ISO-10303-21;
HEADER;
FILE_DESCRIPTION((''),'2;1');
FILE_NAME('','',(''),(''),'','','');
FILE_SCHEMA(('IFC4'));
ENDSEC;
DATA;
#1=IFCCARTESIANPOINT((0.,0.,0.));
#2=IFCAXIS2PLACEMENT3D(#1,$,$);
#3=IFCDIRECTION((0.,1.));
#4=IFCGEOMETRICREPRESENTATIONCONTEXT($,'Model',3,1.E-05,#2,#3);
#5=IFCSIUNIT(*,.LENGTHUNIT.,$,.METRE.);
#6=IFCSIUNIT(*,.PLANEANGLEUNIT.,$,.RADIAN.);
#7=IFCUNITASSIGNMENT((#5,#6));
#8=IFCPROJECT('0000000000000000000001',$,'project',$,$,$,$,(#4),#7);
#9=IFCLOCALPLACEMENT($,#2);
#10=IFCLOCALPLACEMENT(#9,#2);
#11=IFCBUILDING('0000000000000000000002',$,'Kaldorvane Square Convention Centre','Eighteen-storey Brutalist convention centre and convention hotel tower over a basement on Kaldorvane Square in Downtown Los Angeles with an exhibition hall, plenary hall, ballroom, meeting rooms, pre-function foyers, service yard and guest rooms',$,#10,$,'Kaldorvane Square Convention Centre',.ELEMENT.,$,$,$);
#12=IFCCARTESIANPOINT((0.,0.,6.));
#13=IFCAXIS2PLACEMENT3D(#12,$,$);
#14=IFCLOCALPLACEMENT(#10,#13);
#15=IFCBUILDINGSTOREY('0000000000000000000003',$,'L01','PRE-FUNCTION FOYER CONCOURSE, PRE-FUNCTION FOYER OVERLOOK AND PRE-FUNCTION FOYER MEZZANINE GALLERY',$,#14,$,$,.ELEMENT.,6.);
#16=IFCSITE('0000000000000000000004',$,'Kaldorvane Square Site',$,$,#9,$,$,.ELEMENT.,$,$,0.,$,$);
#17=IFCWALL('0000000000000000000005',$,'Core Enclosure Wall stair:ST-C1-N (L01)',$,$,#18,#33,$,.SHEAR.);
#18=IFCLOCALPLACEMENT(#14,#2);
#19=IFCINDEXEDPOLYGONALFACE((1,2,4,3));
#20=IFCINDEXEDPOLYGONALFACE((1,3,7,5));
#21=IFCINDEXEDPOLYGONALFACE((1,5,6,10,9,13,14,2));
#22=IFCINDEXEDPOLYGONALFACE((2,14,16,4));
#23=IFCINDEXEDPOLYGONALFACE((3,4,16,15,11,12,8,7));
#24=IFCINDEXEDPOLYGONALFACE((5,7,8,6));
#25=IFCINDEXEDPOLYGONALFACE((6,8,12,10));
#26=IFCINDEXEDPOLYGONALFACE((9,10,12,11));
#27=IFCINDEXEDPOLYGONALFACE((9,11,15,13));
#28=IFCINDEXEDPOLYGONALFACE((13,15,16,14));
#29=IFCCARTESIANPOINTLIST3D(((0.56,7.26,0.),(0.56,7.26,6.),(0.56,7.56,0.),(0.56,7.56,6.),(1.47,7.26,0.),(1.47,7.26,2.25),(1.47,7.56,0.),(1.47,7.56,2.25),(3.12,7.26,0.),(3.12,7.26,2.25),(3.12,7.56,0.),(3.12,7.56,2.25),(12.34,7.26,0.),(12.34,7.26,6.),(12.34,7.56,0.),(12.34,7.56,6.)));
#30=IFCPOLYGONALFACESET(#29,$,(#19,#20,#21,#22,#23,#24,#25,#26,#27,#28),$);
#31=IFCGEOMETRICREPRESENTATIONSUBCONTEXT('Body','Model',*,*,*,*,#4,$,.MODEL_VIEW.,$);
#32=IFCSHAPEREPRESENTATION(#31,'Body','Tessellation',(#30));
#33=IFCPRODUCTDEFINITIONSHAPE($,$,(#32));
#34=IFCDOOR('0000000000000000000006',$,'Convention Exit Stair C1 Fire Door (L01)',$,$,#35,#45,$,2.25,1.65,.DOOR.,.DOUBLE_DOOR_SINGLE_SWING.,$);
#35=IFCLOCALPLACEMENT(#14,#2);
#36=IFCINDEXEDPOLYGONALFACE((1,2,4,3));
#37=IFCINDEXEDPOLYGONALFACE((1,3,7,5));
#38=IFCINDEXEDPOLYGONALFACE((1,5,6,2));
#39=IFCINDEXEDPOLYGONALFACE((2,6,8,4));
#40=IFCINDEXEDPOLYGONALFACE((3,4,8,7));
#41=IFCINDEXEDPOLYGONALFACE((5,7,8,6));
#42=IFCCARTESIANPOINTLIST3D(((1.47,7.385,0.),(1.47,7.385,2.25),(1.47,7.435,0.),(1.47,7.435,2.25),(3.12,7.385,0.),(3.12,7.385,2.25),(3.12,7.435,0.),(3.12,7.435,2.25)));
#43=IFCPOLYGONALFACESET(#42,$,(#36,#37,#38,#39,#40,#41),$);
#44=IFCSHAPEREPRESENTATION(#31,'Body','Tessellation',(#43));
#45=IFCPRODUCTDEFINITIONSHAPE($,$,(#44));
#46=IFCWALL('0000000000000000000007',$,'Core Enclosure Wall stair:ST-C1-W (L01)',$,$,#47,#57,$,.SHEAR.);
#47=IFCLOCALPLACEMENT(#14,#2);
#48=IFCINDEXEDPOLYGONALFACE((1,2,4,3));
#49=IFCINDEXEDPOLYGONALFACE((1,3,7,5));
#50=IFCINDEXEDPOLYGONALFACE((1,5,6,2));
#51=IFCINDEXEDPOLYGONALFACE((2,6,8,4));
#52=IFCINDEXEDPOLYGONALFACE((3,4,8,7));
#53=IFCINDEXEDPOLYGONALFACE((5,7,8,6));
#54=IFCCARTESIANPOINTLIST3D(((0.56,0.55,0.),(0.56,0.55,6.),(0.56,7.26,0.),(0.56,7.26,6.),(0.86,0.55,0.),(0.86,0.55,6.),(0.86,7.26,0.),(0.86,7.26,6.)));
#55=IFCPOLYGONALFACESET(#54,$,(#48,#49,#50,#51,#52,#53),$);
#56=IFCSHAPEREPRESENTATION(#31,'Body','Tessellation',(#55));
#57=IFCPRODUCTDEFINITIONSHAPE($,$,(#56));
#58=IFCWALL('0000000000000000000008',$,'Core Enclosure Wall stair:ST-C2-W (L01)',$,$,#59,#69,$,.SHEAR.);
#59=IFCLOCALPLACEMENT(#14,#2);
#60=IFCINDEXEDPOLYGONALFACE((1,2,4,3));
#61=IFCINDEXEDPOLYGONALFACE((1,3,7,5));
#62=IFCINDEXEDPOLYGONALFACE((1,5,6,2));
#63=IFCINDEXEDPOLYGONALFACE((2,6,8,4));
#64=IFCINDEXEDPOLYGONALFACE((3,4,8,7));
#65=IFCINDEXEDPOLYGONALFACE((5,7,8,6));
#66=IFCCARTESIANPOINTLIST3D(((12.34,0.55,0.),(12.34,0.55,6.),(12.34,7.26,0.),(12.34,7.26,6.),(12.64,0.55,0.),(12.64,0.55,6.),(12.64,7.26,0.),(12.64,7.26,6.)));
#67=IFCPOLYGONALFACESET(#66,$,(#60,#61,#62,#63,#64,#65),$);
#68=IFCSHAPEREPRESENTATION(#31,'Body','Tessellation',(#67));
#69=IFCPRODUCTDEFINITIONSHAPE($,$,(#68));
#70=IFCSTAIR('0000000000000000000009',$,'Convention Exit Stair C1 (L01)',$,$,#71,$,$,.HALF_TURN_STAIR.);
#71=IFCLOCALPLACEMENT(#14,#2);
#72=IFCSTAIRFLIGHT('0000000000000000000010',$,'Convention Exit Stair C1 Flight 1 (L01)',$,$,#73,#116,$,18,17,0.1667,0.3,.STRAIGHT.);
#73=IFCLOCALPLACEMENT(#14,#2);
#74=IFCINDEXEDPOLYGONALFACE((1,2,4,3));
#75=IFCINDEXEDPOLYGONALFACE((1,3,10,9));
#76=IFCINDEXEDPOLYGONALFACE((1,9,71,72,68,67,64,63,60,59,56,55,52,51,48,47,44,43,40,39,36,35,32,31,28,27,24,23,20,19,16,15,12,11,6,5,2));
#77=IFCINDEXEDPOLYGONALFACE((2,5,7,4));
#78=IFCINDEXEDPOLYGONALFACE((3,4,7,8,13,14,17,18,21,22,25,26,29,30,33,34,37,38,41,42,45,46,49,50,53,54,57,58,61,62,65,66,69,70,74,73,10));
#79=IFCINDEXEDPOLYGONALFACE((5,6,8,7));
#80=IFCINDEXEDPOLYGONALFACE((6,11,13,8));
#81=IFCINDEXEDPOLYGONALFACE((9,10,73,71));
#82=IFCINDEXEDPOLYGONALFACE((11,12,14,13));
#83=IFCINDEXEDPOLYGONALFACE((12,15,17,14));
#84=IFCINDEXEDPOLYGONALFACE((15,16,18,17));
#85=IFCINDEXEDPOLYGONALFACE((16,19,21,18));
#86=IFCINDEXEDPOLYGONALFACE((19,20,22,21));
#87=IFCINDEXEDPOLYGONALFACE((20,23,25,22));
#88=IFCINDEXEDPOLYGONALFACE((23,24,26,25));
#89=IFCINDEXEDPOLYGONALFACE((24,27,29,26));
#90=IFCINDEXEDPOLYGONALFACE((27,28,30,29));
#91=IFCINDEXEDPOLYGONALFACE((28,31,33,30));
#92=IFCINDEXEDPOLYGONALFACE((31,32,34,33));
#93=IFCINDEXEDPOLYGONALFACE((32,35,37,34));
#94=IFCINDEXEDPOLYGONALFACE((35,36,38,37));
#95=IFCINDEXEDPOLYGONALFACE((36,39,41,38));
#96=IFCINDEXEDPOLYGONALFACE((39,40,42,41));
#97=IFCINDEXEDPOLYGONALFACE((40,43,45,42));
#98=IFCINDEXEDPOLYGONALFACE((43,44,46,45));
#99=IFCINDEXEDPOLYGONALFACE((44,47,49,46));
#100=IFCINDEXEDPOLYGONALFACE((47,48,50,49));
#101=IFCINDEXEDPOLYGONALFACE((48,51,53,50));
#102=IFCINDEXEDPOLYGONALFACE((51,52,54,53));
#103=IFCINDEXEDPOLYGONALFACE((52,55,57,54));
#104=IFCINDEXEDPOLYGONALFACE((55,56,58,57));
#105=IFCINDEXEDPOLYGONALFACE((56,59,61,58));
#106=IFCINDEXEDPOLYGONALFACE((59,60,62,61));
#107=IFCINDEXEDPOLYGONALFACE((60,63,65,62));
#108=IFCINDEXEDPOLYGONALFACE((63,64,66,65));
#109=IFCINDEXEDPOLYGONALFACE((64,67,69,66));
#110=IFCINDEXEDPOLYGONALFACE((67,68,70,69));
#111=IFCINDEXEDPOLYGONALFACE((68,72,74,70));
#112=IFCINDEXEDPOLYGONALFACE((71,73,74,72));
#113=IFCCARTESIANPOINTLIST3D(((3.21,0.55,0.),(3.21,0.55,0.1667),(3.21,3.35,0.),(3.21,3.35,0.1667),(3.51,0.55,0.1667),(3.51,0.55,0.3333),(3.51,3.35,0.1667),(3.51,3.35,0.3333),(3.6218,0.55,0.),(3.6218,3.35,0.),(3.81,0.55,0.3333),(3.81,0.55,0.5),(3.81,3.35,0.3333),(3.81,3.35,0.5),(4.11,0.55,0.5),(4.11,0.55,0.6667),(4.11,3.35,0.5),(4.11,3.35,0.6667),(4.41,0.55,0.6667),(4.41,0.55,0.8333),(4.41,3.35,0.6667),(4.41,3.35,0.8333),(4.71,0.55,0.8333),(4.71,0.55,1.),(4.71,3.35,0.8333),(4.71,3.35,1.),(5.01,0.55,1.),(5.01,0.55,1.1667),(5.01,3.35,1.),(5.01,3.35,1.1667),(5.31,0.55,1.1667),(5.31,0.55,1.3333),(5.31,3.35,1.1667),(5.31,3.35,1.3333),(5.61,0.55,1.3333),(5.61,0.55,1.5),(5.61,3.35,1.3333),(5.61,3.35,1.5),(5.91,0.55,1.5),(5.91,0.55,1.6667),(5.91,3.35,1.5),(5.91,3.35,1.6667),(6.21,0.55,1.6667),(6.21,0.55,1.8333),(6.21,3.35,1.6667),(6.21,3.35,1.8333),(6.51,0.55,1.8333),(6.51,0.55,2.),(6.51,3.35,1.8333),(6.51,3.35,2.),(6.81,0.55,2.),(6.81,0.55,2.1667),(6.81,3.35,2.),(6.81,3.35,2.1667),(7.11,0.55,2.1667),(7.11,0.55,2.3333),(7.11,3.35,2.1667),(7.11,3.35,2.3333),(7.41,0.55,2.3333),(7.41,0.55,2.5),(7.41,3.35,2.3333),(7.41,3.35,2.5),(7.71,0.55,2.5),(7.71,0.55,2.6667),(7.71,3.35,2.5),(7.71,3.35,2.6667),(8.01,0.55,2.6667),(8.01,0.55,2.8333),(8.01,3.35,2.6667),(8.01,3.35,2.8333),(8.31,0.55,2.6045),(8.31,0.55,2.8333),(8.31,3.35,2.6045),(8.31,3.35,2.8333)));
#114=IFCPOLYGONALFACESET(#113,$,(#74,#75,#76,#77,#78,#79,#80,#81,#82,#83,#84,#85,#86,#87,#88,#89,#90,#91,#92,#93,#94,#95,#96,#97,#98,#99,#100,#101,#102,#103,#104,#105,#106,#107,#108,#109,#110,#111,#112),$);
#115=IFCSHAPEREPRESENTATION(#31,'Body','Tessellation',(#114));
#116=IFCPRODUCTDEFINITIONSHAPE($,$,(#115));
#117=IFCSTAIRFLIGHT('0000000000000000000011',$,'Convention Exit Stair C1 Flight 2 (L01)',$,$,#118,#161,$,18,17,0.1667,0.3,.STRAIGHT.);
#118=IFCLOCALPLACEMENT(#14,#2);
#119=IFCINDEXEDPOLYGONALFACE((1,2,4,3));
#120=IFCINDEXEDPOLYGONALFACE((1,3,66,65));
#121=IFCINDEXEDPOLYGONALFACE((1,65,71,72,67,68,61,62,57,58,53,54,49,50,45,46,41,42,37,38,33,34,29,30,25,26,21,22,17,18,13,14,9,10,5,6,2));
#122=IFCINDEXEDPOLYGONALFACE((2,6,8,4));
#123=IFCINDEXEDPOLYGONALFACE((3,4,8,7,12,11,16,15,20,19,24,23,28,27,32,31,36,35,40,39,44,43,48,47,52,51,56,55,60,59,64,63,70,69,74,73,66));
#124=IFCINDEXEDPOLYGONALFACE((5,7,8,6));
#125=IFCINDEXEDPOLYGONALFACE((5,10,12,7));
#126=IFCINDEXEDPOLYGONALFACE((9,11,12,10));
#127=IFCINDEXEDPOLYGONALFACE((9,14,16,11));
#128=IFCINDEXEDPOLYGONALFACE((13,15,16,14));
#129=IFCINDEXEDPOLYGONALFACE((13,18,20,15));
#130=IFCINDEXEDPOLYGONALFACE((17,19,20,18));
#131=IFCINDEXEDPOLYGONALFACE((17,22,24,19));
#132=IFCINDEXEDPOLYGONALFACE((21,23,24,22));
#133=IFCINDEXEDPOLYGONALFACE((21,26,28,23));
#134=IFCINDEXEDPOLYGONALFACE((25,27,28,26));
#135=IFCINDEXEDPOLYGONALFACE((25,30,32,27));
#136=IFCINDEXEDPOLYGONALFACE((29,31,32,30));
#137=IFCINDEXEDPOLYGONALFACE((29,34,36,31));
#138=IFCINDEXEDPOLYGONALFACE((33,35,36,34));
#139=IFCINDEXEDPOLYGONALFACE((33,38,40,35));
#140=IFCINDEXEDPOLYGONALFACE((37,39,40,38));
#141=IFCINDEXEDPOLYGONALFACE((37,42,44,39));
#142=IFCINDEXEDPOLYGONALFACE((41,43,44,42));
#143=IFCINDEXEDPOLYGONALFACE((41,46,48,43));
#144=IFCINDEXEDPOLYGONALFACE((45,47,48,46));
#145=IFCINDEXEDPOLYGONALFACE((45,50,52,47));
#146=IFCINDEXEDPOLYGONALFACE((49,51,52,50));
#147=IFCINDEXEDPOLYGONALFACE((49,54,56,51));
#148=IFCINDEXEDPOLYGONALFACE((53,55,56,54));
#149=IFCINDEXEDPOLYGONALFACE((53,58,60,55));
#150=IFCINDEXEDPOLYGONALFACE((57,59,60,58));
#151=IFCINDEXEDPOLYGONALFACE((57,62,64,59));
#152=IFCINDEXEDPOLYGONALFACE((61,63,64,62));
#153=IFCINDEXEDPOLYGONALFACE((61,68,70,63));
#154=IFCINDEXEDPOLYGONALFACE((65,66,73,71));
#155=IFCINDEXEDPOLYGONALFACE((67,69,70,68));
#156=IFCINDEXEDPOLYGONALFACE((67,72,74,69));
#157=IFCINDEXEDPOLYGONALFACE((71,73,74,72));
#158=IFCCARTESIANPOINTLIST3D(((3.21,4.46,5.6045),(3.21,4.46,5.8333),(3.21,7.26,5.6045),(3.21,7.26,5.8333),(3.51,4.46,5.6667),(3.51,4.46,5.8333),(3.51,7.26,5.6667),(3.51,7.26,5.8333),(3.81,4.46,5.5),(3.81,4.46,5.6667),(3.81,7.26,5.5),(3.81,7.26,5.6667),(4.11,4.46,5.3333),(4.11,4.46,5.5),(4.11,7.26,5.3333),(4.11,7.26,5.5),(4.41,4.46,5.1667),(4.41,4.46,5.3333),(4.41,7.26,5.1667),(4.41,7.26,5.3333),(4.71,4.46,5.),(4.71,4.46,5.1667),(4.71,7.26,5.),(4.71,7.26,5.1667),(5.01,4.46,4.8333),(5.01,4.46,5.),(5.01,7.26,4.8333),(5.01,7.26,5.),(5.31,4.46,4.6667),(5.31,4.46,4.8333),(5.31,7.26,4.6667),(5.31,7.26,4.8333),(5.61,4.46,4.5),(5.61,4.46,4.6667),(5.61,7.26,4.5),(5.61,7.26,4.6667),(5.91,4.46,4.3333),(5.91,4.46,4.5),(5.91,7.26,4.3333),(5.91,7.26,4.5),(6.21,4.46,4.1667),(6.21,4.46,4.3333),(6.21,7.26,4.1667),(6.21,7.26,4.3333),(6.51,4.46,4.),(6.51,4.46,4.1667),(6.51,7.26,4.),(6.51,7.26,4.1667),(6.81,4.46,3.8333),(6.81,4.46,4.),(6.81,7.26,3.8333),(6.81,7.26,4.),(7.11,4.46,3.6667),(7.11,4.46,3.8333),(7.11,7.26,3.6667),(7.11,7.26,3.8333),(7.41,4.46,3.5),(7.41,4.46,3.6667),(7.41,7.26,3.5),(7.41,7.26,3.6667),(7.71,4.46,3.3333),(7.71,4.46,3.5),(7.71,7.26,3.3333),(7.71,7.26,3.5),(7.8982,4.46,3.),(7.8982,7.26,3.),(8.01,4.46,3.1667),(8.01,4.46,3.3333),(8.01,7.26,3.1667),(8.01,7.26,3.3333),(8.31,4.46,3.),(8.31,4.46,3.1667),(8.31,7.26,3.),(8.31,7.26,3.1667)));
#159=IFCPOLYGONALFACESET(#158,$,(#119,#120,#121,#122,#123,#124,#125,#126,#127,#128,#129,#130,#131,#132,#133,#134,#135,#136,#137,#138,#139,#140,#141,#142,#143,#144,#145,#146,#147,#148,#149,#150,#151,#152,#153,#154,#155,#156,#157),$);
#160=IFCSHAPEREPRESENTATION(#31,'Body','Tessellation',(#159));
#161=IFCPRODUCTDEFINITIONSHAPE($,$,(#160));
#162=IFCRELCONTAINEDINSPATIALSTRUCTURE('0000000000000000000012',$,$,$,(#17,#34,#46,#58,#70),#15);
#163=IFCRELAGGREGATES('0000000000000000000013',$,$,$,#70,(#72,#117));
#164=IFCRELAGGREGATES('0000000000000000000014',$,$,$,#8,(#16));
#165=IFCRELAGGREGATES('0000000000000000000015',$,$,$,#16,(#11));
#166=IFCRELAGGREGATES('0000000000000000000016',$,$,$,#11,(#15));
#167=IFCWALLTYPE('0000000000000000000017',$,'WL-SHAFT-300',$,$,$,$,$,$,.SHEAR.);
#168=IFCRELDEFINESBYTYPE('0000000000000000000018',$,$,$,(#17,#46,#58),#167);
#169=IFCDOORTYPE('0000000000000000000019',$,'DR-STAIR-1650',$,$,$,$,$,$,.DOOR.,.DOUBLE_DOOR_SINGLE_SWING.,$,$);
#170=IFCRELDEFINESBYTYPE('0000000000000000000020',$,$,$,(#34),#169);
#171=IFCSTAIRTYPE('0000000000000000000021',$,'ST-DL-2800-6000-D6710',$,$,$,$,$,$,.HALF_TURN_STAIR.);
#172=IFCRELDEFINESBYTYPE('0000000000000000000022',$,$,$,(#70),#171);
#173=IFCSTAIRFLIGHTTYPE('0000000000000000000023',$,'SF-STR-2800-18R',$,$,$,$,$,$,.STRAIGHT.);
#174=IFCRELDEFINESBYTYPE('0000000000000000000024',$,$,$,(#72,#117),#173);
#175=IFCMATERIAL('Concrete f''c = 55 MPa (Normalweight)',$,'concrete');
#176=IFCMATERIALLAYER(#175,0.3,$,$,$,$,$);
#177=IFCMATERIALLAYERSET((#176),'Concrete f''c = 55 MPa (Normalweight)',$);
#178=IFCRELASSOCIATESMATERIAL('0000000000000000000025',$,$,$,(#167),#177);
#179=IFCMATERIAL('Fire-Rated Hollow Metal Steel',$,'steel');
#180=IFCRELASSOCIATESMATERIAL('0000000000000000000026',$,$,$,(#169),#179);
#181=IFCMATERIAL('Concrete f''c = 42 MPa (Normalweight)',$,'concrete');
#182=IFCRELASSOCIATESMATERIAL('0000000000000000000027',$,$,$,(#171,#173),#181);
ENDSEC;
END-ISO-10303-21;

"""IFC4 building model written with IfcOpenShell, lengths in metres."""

from ifc_helpers import new_model, si_unit, direction, frame, frame_2d, origin, place, context, subcontext, project, spatial, polyline, rectangle, outline, extrude, material, layer, layer_set, type_object, element, fill, aggregate, save


model = new_model("IFC4")

# Units and contexts
model_context = context("Model", 3, precision=1e-05, world=origin(), true_north=direction((0.0, 1.0)))
body_context = subcontext(model_context, "Body", "Model", "MODEL_VIEW")
ifc_project = project(units=[si_unit("LENGTHUNIT", "METRE"), si_unit("PLANEANGLEUNIT", "RADIAN")], contexts=[model_context])

# Site, building, storey
site_placement = place(None, origin())
site = spatial("IfcSite", under=ifc_project, at=site_placement, Name="Kaldorvane Square Site", CompositionType="ELEMENT", RefElevation=0.0)
building_placement = place(site_placement, origin())
building = spatial("IfcBuilding", under=site, at=building_placement, Name="Kaldorvane Square Convention Centre", Description="Eighteen-storey Brutalist convention centre and convention hotel tower over a basement on Kaldorvane Square in Downtown Los Angeles with an exhibition hall, plenary hall, ballroom, meeting rooms, pre-function foyers, service yard and guest rooms", LongName="Kaldorvane Square Convention Centre", CompositionType="ELEMENT")
storey_placement = place(building_placement, frame((0.0, 0.0, 6.0)))
storey = spatial("IfcBuildingStorey", under=building, at=storey_placement, Name="L01", Description="PRE-FUNCTION FOYER CONCOURSE, PRE-FUNCTION FOYER OVERLOOK AND PRE-FUNCTION FOYER MEZZANINE GALLERY", CompositionType="ELEMENT", Elevation=6.0)

# Shared definitions
ifc_material_1 = material(Name="Concrete f'c = 42 MPa (Normalweight)", Category="concrete")

# Wall, opening, door
ifc_material_2 = material(Name="Concrete f'c = 55 MPa (Normalweight)", Category="concrete")
ifc_layer_1 = layer(ifc_material_2, 0.3)
ifc_layer_set_1 = layer_set([ifc_layer_1], Name="Concrete f'c = 55 MPa (Normalweight)")
wall_type_1 = type_object("IfcWallType", Name="WL-SHAFT-300", PredefinedType="SHEAR", material=ifc_layer_set_1)
wall_1_placement = place(storey_placement, frame((12.34, 7.41, 0.0), z_axis=(0.0, 0.0, 1.0), x_axis=(-1.0, 0.0, 0.0)))
wall_1 = element("IfcWall", 1, at=wall_1_placement, inside=storey, type_object=wall_type_1, Name="Core Enclosure Wall stair:ST-C1-N (L01)", PredefinedType="SHEAR", context=body_context, shape_type="SweptSolid", body=[
    extrude(rectangle(XDim=11.78, YDim=0.3, at=frame_2d((5.89, 0.0))), origin(), (0.0, 0.0, 1.0), 6.0),
])
opening_placement = place(wall_1_placement, frame((9.22, 0.0, 0.0)))
opening = element("IfcOpeningElement", 2, at=opening_placement, cuts=wall_1, PredefinedType="OPENING", context=body_context, shape_type="SweptSolid", body=[
    extrude(rectangle(XDim=1.65, YDim=2.25, at=frame_2d((0.825, 1.125))), frame((0.0, 0.165, 0.0), z_axis=(0.0, -1.0, 0.0), x_axis=(1.0, 0.0, 0.0)), (0.0, 0.0, 1.0), 0.33),
])
ifc_material_3 = material(Name="Fire-Rated Hollow Metal Steel", Category="steel")
door_type = type_object("IfcDoorType", Name="DR-STAIR-1650", OperationType="DOUBLE_DOOR_SINGLE_SWING", PredefinedType="DOOR", material=ifc_material_3)
door_placement = place(opening_placement, origin())
door = element("IfcDoor", 3, at=door_placement, inside=storey, type_object=door_type, Name="Convention Exit Stair C1 Fire Door (L01)", OperationType="DOUBLE_DOOR_SINGLE_SWING", OverallHeight=2.25, OverallWidth=1.65, PredefinedType="DOOR", context=body_context, shape_type="SweptSolid", body=[
    extrude(rectangle(XDim=1.65, YDim=2.25, at=frame_2d((0.825, 1.125))), frame((0.0, 0.025, 0.0), z_axis=(0.0, -1.0, 0.0), x_axis=(1.0, 0.0, 0.0)), (0.0, 0.0, 1.0), 0.05),
])
fill(opening, door)

# Walls
for number, where, z_axis, x_axis, name in (
    (4, (0.71, 7.26, 0.0), (0.0, 0.0, 1.0), (0.0, -1.0, 0.0), "Core Enclosure Wall stair:ST-C1-W (L01)"),
    (5, (12.49, 7.26, 0.0), (0.0, 0.0, 1.0), (0.0, -1.0, 0.0), "Core Enclosure Wall stair:ST-C2-W (L01)"),
):
    element("IfcWall", number, at=place(storey_placement, frame(where, z_axis=z_axis, x_axis=x_axis)), inside=storey, type_object=wall_type_1, Name=name, PredefinedType="SHEAR", context=body_context, shape_type="SweptSolid", body=[
        extrude(rectangle(XDim=6.71, YDim=0.3, at=frame_2d((3.355, 0.0))), origin(), (0.0, 0.0, 1.0), 6.0),
    ])

# Stair, stair flights
stair_type = type_object("IfcStairType", Name="ST-DL-2800-6000-D6710", PredefinedType="HALF_TURN_STAIR", material=ifc_material_1)
stair_placement = place(storey_placement, origin())
stair = element("IfcStair", 6, at=stair_placement, inside=storey, type_object=stair_type, Name="Convention Exit Stair C1 (L01)", PredefinedType="HALF_TURN_STAIR")
stair_flight_type = type_object("IfcStairFlightType", Name="SF-STR-2800-18R", PredefinedType="STRAIGHT", material=ifc_material_1)
stair_flight_1_placement = place(storey_placement, frame((3.21, 1.95, 0.0), z_axis=(0.0, 0.0, 1.0), x_axis=(1.0, 0.0, 0.0)))
stair_flight_1 = element("IfcStairFlight", 7, at=stair_flight_1_placement, type_object=stair_flight_type, Name="Convention Exit Stair C1 Flight 1 (L01)", NumberOfRisers=18, NumberOfTreads=17, PredefinedType="STRAIGHT", RiserHeight=0.1667, TreadLength=0.3, context=body_context, shape_type="SweptSolid", body=[
    extrude(outline(polyline([(0.0, 0.0), (0.0, 0.1667), (0.3, 0.1667), (0.3, 0.3333), (0.6, 0.3333), (0.6, 0.5), (0.9, 0.5), (0.9, 0.6667), (1.2, 0.6667), (1.2, 0.8333), (1.5, 0.8333), (1.5, 1.0), (1.8, 1.0), (1.8, 1.1667), (2.1, 1.1667), (2.1, 1.3333), (2.4, 1.3333), (2.4, 1.5), (2.7, 1.5), (2.7, 1.6667), (3.0, 1.6667), (3.0, 1.8333), (3.3, 1.8333), (3.3, 2.0), (3.6, 2.0), (3.6, 2.1667), (3.9, 2.1667), (3.9, 2.3333), (4.2, 2.3333), (4.2, 2.5), (4.5, 2.5), (4.5, 2.6667), (4.8, 2.6667), (4.8, 2.8333), (5.1, 2.8333), (5.1, 3.0), (5.1, 2.6045), (0.4118, 0.0), (0.0, 0.0)])), frame((0.0, 1.4, 0.0), z_axis=(0.0, -1.0, 0.0), x_axis=(1.0, 0.0, 0.0)), (0.0, 0.0, 1.0), 2.8),
])
stair_flight_2_placement = place(storey_placement, frame((8.31, 5.86, 3.0), z_axis=(0.0, 0.0, 1.0), x_axis=(-1.0, 0.0, 0.0)))
stair_flight_2 = element("IfcStairFlight", 8, at=stair_flight_2_placement, type_object=stair_flight_type, Name="Convention Exit Stair C1 Flight 2 (L01)", NumberOfRisers=18, NumberOfTreads=17, PredefinedType="STRAIGHT", RiserHeight=0.1667, TreadLength=0.3, context=body_context, shape_type="SweptSolid", body=[
    extrude(outline(polyline([(0.0, 0.0), (0.0, 0.1667), (0.3, 0.1667), (0.3, 0.3333), (0.6, 0.3333), (0.6, 0.5), (0.9, 0.5), (0.9, 0.6667), (1.2, 0.6667), (1.2, 0.8333), (1.5, 0.8333), (1.5, 1.0), (1.8, 1.0), (1.8, 1.1667), (2.1, 1.1667), (2.1, 1.3333), (2.4, 1.3333), (2.4, 1.5), (2.7, 1.5), (2.7, 1.6667), (3.0, 1.6667), (3.0, 1.8333), (3.3, 1.8333), (3.3, 2.0), (3.6, 2.0), (3.6, 2.1667), (3.9, 2.1667), (3.9, 2.3333), (4.2, 2.3333), (4.2, 2.5), (4.5, 2.5), (4.5, 2.6667), (4.8, 2.6667), (4.8, 2.8333), (5.1, 2.8333), (5.1, 3.0), (5.1, 2.6045), (0.4118, 0.0), (0.0, 0.0)])), frame((0.0, 1.4, 0.0), z_axis=(0.0, -1.0, 0.0), x_axis=(1.0, 0.0, 0.0)), (0.0, 0.0, 1.0), 2.8),
])
aggregate(stair, [stair_flight_1, stair_flight_2])

save(model, "model.ifc")
